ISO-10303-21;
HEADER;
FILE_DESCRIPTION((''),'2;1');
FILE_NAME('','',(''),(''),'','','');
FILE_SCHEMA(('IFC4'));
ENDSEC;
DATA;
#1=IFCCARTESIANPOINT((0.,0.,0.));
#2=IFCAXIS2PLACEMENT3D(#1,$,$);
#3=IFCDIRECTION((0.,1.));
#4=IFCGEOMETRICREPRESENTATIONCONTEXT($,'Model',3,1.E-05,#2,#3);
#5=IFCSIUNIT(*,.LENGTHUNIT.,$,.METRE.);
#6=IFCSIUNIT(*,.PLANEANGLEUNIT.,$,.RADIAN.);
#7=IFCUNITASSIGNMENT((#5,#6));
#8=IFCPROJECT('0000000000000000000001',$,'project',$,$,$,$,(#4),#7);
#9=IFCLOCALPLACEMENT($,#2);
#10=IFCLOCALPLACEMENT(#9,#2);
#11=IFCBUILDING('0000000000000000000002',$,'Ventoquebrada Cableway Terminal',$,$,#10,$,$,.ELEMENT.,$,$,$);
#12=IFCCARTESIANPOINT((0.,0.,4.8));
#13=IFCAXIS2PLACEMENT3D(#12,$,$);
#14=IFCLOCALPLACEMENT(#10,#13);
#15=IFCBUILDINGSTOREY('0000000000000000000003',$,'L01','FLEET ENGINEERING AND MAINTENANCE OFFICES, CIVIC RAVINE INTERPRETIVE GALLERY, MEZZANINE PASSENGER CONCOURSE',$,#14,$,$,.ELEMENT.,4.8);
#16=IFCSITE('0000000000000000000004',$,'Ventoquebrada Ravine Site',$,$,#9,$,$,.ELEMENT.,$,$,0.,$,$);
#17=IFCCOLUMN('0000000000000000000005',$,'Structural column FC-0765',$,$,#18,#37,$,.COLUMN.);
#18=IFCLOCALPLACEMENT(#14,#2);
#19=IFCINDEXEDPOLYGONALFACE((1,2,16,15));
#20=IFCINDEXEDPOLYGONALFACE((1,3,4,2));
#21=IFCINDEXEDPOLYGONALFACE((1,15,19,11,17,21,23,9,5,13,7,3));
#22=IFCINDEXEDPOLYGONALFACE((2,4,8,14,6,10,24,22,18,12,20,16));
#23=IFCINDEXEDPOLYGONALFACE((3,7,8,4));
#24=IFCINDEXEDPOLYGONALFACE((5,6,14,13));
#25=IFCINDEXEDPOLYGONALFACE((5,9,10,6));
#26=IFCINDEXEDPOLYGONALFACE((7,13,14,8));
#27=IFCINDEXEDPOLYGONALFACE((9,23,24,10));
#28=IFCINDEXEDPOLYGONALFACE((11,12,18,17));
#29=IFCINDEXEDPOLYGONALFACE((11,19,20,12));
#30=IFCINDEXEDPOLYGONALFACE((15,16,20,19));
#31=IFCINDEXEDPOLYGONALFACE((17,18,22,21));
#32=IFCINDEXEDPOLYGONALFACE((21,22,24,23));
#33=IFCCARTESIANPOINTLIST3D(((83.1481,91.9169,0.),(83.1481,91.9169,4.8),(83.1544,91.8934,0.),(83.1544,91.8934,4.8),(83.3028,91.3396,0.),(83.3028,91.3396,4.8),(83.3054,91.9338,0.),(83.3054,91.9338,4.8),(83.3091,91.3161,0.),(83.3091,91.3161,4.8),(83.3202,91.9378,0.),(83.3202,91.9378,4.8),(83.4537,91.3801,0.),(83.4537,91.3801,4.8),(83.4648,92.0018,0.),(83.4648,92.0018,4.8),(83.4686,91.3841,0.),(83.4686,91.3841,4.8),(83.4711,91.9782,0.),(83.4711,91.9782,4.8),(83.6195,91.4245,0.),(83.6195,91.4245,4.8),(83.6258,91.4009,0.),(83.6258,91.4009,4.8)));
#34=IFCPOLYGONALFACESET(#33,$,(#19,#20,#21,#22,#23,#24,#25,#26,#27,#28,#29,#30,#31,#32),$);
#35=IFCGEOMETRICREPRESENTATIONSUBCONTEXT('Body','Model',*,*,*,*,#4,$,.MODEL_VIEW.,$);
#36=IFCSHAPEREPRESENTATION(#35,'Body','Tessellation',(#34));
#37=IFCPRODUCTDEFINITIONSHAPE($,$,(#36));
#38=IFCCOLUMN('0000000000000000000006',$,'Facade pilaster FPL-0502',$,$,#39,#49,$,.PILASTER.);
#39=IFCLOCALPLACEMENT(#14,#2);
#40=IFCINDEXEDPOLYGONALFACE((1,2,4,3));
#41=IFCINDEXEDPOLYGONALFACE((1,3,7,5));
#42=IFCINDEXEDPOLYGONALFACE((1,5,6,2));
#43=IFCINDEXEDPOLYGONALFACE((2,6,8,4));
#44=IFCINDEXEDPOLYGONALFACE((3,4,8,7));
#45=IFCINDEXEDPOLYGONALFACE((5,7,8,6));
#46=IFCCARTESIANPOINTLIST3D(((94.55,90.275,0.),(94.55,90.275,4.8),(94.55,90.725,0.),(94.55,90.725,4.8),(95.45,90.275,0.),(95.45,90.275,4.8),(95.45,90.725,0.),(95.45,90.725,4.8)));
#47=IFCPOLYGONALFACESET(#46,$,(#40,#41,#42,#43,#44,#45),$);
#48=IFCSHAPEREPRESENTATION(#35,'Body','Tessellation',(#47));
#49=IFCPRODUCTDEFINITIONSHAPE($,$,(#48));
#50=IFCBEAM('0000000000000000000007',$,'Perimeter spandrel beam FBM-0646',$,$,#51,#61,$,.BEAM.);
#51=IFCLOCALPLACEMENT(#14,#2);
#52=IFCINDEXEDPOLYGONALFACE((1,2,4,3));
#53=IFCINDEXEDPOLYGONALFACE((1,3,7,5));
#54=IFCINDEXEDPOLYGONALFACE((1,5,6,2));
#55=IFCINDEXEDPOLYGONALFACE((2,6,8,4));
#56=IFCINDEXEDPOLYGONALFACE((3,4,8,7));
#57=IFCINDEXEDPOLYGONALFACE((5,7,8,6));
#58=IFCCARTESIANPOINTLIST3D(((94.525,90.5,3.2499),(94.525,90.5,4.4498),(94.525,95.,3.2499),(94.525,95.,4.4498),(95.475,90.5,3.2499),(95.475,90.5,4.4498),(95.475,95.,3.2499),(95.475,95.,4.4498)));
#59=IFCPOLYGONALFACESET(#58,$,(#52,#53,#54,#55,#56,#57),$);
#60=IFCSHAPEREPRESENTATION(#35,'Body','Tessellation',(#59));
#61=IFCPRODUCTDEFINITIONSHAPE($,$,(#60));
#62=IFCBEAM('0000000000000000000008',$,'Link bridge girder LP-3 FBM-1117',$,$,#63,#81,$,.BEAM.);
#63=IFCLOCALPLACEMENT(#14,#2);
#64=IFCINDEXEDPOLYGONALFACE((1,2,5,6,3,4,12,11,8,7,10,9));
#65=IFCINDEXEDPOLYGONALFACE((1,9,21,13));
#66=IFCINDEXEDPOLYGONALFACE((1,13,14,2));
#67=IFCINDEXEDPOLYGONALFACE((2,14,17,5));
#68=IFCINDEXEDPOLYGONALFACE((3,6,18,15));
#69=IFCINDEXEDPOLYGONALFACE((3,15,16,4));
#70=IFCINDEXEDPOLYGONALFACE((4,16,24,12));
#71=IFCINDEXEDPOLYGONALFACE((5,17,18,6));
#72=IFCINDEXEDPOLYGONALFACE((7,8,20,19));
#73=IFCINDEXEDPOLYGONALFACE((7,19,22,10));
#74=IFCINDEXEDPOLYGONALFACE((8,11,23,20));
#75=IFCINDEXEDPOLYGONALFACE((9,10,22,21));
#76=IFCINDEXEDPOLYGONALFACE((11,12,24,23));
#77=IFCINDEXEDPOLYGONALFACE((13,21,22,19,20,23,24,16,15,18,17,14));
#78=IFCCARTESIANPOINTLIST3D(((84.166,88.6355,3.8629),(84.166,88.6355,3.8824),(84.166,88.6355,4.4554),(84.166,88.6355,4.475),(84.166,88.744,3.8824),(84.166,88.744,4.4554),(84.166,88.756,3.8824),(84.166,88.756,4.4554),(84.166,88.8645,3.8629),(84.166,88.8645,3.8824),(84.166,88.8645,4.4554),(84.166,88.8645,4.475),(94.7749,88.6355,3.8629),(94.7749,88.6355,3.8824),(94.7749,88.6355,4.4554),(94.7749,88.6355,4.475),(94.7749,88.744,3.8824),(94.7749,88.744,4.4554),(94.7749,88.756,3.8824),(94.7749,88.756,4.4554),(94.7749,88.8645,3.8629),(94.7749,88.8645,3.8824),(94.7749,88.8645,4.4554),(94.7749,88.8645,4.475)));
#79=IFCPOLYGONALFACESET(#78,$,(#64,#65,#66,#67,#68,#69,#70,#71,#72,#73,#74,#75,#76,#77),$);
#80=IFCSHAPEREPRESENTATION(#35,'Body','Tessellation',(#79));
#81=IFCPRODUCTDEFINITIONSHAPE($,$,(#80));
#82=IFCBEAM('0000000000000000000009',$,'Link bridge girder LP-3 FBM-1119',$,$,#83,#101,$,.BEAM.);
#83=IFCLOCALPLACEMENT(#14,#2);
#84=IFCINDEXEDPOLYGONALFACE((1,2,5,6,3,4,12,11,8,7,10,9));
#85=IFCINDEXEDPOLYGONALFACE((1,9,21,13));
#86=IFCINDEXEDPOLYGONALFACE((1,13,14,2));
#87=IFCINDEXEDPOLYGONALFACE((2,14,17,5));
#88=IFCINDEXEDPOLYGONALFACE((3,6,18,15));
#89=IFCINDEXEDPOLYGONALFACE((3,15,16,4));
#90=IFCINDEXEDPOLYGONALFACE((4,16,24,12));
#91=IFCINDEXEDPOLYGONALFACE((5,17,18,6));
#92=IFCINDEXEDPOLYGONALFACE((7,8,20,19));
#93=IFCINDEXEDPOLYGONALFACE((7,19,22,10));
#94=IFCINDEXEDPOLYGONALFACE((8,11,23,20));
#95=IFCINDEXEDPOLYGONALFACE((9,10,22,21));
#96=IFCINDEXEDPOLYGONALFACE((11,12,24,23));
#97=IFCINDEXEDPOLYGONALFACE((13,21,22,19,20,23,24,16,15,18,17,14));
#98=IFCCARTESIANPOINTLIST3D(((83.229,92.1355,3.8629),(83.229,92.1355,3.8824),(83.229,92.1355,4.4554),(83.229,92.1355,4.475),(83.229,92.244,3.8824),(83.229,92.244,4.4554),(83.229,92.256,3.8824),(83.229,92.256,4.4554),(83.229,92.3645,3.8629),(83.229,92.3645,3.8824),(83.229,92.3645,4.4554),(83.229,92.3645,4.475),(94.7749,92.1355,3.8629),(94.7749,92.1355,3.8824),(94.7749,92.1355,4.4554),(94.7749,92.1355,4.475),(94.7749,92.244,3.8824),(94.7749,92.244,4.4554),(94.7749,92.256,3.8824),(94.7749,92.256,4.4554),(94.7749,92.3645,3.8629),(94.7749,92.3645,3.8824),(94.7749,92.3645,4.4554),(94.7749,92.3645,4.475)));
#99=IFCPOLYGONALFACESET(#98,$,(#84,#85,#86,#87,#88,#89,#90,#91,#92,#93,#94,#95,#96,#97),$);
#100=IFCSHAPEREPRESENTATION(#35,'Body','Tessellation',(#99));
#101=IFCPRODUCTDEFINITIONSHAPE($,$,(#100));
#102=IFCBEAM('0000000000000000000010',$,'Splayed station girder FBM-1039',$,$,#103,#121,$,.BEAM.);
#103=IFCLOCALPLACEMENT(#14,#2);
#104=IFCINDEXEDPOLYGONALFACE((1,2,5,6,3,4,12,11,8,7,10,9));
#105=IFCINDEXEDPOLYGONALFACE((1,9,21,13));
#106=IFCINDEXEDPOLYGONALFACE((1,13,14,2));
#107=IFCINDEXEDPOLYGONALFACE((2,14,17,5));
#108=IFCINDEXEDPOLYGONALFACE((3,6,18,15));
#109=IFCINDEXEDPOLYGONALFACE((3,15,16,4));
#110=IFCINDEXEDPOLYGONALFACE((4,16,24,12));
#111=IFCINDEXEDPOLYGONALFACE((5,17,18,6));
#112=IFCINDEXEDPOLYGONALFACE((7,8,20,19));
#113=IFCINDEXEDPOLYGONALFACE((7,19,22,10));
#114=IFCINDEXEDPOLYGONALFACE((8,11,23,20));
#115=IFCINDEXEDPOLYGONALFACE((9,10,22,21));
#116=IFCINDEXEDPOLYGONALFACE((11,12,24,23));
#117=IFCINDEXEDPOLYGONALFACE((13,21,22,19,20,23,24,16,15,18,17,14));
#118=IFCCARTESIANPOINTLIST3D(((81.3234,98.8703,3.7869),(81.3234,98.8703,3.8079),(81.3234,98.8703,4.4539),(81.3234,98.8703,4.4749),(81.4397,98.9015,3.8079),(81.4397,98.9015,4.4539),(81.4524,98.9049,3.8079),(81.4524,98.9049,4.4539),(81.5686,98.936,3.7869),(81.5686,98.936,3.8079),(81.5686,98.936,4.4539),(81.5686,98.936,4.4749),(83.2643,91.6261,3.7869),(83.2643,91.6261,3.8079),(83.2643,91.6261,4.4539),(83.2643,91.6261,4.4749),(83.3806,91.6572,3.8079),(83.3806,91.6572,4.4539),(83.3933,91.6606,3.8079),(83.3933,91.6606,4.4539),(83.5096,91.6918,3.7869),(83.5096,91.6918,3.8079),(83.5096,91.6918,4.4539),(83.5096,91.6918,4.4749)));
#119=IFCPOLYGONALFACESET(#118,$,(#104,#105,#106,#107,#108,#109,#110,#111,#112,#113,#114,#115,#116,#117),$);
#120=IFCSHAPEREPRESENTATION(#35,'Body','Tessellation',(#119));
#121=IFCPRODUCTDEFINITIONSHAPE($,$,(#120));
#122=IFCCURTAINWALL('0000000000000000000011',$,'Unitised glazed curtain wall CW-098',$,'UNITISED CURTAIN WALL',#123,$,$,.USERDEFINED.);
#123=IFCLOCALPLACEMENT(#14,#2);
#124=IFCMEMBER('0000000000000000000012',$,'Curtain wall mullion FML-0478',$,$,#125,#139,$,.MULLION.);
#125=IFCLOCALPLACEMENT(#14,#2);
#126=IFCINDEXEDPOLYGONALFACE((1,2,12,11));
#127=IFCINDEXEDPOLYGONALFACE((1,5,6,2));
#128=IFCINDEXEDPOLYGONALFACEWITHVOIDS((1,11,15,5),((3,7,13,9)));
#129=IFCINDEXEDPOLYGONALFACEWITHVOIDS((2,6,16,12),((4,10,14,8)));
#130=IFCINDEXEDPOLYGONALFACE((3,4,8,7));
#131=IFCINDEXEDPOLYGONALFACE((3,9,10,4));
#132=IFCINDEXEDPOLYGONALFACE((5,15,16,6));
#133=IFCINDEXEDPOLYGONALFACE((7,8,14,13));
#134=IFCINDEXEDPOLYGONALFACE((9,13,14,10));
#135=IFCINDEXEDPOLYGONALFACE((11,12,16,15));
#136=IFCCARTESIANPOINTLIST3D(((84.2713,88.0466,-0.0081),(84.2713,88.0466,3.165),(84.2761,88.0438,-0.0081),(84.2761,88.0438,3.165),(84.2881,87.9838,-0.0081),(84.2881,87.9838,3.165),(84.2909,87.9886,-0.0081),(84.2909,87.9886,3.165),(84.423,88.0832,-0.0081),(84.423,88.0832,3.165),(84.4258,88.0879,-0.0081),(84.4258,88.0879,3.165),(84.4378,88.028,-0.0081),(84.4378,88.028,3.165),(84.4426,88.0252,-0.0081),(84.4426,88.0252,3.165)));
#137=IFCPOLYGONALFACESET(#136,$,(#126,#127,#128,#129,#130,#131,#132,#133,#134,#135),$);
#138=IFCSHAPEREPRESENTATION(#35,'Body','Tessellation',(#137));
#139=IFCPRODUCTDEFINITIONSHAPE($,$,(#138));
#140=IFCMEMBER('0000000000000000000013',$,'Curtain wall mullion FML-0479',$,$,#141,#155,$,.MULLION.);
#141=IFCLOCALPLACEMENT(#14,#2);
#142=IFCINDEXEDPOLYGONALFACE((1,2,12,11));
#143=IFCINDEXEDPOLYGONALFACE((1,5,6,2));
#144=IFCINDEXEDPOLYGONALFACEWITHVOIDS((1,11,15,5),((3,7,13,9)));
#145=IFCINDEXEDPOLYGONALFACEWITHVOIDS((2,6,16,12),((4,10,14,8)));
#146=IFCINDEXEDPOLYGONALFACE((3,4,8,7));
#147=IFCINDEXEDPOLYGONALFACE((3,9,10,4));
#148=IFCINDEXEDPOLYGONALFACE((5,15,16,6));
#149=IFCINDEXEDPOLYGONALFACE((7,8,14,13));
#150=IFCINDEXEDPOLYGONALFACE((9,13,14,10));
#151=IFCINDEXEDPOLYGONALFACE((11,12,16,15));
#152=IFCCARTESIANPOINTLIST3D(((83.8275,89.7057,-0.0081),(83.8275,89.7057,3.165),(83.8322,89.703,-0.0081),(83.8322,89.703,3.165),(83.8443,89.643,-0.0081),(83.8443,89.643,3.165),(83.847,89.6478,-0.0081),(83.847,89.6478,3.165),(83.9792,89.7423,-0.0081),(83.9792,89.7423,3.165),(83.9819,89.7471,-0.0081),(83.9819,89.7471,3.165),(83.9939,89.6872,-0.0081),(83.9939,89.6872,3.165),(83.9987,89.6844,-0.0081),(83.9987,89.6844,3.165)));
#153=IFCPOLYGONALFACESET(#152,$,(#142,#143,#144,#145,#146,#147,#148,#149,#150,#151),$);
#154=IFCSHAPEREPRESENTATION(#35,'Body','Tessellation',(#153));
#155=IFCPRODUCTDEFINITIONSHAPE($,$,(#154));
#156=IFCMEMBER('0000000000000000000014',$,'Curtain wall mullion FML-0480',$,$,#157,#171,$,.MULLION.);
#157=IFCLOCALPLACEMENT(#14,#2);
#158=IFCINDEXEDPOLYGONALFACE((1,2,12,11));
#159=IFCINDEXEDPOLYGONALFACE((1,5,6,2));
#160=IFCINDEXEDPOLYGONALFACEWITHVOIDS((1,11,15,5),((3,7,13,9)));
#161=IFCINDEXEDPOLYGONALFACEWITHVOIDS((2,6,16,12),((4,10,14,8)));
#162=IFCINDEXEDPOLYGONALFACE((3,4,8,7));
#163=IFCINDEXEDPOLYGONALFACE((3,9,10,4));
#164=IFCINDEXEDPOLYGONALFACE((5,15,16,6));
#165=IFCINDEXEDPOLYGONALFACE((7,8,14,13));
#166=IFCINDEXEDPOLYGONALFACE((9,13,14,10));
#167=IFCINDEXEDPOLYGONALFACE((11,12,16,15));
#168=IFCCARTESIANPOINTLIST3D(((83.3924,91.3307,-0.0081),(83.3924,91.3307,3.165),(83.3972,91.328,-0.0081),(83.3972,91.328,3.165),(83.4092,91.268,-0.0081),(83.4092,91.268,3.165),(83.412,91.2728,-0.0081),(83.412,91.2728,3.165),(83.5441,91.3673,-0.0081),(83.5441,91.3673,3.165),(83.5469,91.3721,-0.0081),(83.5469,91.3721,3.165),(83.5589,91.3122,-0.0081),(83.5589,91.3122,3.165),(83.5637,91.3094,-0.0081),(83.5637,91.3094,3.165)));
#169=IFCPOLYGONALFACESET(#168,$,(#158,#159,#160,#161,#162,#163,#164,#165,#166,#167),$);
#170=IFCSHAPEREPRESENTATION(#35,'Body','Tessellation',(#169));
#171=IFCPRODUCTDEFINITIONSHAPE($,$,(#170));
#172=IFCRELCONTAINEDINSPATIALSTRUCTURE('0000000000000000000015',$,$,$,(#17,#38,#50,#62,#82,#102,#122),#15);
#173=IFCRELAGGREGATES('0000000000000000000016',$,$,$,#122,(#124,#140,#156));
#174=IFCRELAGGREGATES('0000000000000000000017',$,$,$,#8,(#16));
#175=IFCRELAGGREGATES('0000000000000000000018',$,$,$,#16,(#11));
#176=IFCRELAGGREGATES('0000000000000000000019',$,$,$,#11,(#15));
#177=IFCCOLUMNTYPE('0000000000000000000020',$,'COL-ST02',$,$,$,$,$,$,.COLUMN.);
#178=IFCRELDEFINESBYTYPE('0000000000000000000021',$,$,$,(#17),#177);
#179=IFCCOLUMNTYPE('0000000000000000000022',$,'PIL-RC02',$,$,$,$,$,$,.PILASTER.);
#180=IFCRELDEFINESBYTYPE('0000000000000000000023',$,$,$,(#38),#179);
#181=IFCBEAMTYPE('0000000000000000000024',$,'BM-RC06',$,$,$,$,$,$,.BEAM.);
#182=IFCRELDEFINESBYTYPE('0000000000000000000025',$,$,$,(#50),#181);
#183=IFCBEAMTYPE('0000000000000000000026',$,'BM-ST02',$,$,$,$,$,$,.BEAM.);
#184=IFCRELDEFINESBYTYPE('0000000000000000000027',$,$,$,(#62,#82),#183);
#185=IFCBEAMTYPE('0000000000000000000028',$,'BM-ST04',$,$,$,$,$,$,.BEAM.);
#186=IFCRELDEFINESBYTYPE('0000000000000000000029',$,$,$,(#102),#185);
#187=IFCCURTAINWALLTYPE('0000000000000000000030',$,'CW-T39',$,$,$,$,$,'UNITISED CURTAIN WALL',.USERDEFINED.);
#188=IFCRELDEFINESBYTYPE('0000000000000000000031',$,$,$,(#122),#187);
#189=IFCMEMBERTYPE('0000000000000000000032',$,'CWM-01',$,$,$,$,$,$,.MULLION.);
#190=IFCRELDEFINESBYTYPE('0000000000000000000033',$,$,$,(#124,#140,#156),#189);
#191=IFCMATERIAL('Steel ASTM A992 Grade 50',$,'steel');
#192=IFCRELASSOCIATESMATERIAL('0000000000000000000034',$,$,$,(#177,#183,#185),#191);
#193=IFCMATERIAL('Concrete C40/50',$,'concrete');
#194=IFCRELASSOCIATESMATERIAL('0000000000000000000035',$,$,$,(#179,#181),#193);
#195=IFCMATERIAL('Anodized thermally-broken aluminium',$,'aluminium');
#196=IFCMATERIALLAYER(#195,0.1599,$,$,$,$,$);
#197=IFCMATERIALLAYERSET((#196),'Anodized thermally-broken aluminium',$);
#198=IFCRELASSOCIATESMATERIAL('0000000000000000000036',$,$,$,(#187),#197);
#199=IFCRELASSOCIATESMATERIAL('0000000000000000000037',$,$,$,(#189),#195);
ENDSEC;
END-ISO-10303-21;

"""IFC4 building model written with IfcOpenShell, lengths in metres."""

from ifc_helpers import new_model, si_unit, direction, frame, origin, origin_2d, place, context, subcontext, project, spatial, rectangle, hollow_rectangle, i_section, extrude, material, layer, layer_set, material_profile, profile_set, type_object, element, aggregate, save


model = new_model("IFC4")

# Units and contexts
model_context = context("Model", 3, precision=1e-05, world=origin(), true_north=direction((0.0, 1.0)))
body_context = subcontext(model_context, "Body", "Model", "MODEL_VIEW")
ifc_project = project(units=[si_unit("LENGTHUNIT", "METRE"), si_unit("PLANEANGLEUNIT", "RADIAN")], contexts=[model_context])

# Site, building, storey
site_placement = place(None, origin())
site = spatial("IfcSite", under=ifc_project, at=site_placement, Name="Ventoquebrada Ravine Site", CompositionType="ELEMENT", RefElevation=0.0)
building_placement = place(site_placement, origin())
building = spatial("IfcBuilding", under=site, at=building_placement, Name="Ventoquebrada Cableway Terminal", CompositionType="ELEMENT")
storey_placement = place(building_placement, frame((0.0, 0.0, 4.8)))
storey = spatial("IfcBuildingStorey", under=building, at=storey_placement, Name="L01", Description="FLEET ENGINEERING AND MAINTENANCE OFFICES, CIVIC RAVINE INTERPRETIVE GALLERY, MEZZANINE PASSENGER CONCOURSE", CompositionType="ELEMENT", Elevation=4.8)

# Columns
ifc_material_1 = material(Name="Steel ASTM A992 Grade 50", Category="steel")
ifc_material_profile_1 = material_profile(ifc_material_1, i_section(OverallWidth=0.3279, OverallDepth=0.6221, WebThickness=0.0154, FlangeThickness=0.0244, at=origin_2d()), Name="W24X131")
ifc_profile_set_1 = profile_set([ifc_material_profile_1], Name="Steel ASTM A992 Grade 50")
column_type_1 = type_object("IfcColumnType", Name="COL-ST02", PredefinedType="COLUMN", material=ifc_profile_set_1)
column_1_placement = place(storey_placement, frame((83.387, 91.6589, 0.0), z_axis=(0.0, 0.0, 1.0), x_axis=(0.965926, 0.258819, 0.0)))
element("IfcColumn", 1, at=column_1_placement, inside=storey, type_object=column_type_1, Name="Structural column FC-0765", PredefinedType="COLUMN", context=body_context, shape_type="SweptSolid", body=[
    extrude(i_section(OverallWidth=0.3279, OverallDepth=0.6221, WebThickness=0.0154, FlangeThickness=0.0244, at=origin_2d()), origin(), (0.0, 0.0, 1.0), 4.8),
])
ifc_material_2 = material(Name="Concrete C40/50", Category="concrete")
ifc_material_profile_2 = material_profile(ifc_material_2, rectangle(XDim=0.45, YDim=0.8999, at=origin_2d()), Name="RC-PIL-450X900")
ifc_profile_set_2 = profile_set([ifc_material_profile_2], Name="Concrete C40/50")
column_type_2 = type_object("IfcColumnType", Name="PIL-RC02", PredefinedType="PILASTER", material=ifc_profile_set_2)
column_2_placement = place(storey_placement, frame((95.0, 90.5, 0.0), z_axis=(0.0, 0.0, 1.0), x_axis=(0.0, 1.0, 0.0)))
element("IfcColumn", 2, at=column_2_placement, inside=storey, type_object=column_type_2, Name="Facade pilaster FPL-0502", PredefinedType="PILASTER", context=body_context, shape_type="SweptSolid", body=[
    extrude(rectangle(XDim=0.45, YDim=0.8999, at=origin_2d()), origin(), (0.0, 0.0, 1.0), 4.8),
])

# Beams
ifc_material_profile_3 = material_profile(ifc_material_2, rectangle(XDim=0.95, YDim=1.2, at=origin_2d()), Name="RC-BM-950X1200")
ifc_profile_set_3 = profile_set([ifc_material_profile_3], Name="Concrete C40/50")
beam_type_1 = type_object("IfcBeamType", Name="BM-RC06", PredefinedType="BEAM", material=ifc_profile_set_3)
beam_1_placement = place(storey_placement, frame((95.0, 90.5, 3.8499), z_axis=(0.0, 1.0, 0.0), x_axis=(-1.0, 0.0, 0.0)))
element("IfcBeam", 3, at=beam_1_placement, inside=storey, type_object=beam_type_1, Name="Perimeter spandrel beam FBM-0646", PredefinedType="BEAM", context=body_context, shape_type="SweptSolid", body=[
    extrude(rectangle(XDim=0.95, YDim=1.2, at=origin_2d()), origin(), (0.0, 0.0, 1.0), 4.5),
])
ifc_material_profile_4 = material_profile(ifc_material_1, i_section(OverallWidth=0.229, OverallDepth=0.6121, WebThickness=0.012, FlangeThickness=0.0195, at=origin_2d()), Name="W24X84")
ifc_profile_set_4 = profile_set([ifc_material_profile_4], Name="Steel ASTM A992 Grade 50")
beam_type_2 = type_object("IfcBeamType", Name="BM-ST02", PredefinedType="BEAM", material=ifc_profile_set_4)
beam_2_placement = place(storey_placement, frame((84.166, 88.75, 4.1689), z_axis=(1.0, 0.0, 0.0), x_axis=(0.0, 1.0, 0.0)))
element("IfcBeam", 4, at=beam_2_placement, inside=storey, type_object=beam_type_2, Name="Link bridge girder LP-3 FBM-1117", PredefinedType="BEAM", context=body_context, shape_type="SweptSolid", body=[
    extrude(i_section(OverallWidth=0.229, OverallDepth=0.6121, WebThickness=0.012, FlangeThickness=0.0195, at=origin_2d()), origin(), (0.0, 0.0, 1.0), 10.6089),
])
beam_3_placement = place(storey_placement, frame((83.229, 92.25, 4.1689), z_axis=(1.0, 0.0, 0.0), x_axis=(0.0, 1.0, 0.0)))
element("IfcBeam", 5, at=beam_3_placement, inside=storey, type_object=beam_type_2, Name="Link bridge girder LP-3 FBM-1119", PredefinedType="BEAM", context=body_context, shape_type="SweptSolid", body=[
    extrude(i_section(OverallWidth=0.229, OverallDepth=0.6121, WebThickness=0.012, FlangeThickness=0.0195, at=origin_2d()), origin(), (0.0, 0.0, 1.0), 11.5459),
])
ifc_material_profile_5 = material_profile(ifc_material_1, i_section(OverallWidth=0.2539, OverallDepth=0.688, WebThickness=0.0132, FlangeThickness=0.021, at=origin_2d()), Name="W27X102")
ifc_profile_set_5 = profile_set([ifc_material_profile_5], Name="Steel ASTM A992 Grade 50")
beam_type_3 = type_object("IfcBeamType", Name="BM-ST04", PredefinedType="BEAM", material=ifc_profile_set_5)
beam_4_placement = place(storey_placement, frame((83.387, 91.6589, 4.1309), z_axis=(-0.258801, 0.965931, 0.0), x_axis=(-0.965931, -0.258801, 0.0)))
element("IfcBeam", 6, at=beam_4_placement, inside=storey, type_object=beam_type_3, Name="Splayed station girder FBM-1039", PredefinedType="BEAM", context=body_context, shape_type="SweptSolid", body=[
    extrude(i_section(OverallWidth=0.2539, OverallDepth=0.688, WebThickness=0.0132, FlangeThickness=0.021, at=origin_2d()), origin(), (0.0, 0.0, 1.0), 7.4998),
])

# Curtain wall, members
ifc_material_3 = material(Name="Anodized thermally-broken aluminium", Category="aluminium")
ifc_layer_1 = layer(ifc_material_3, 0.1599)
ifc_layer_set_1 = layer_set([ifc_layer_1], Name="Anodized thermally-broken aluminium")
curtain_wall_type = type_object("IfcCurtainWallType", Name="CW-T39", ElementType="UNITISED CURTAIN WALL", PredefinedType="USERDEFINED", material=ifc_layer_set_1)
curtain_wall_1_placement = place(storey_placement, origin())
curtain_wall_1 = element("IfcCurtainWall", 7, at=curtain_wall_1_placement, inside=storey, type_object=curtain_wall_type, Name="Unitised glazed curtain wall CW-098", ObjectType="UNITISED CURTAIN WALL", PredefinedType="USERDEFINED")
ifc_material_profile_6 = material_profile(ifc_material_3, hollow_rectangle(XDim=0.0649, YDim=0.1599, WallThickness=0.0039, at=origin_2d()), Name="CW-MUL-65X160")
ifc_profile_set_6 = profile_set([ifc_material_profile_6], Name="Anodized thermally-broken aluminium")
member_type_1 = type_object("IfcMemberType", Name="CWM-01", PredefinedType="MULLION", material=ifc_profile_set_6)
member_1_placement = place(storey_placement, frame((84.3569, 88.0359, -0.0081), z_axis=(0.0, 0.0, 1.0), x_axis=(-0.258701, 0.965957, 0.0)))
member_1 = element("IfcMember", 8, at=member_1_placement, type_object=member_type_1, Name="Curtain wall mullion FML-0478", PredefinedType="MULLION", context=body_context, shape_type="SweptSolid", body=[
    extrude(hollow_rectangle(XDim=0.0649, YDim=0.1599, WallThickness=0.0039, at=origin_2d()), origin(), (0.0, 0.0, 1.0), 3.1731),
])
member_2_placement = place(storey_placement, frame((83.9131, 89.6951, -0.0081), z_axis=(0.0, 0.0, 1.0), x_axis=(-0.258701, 0.965957, 0.0)))
member_2 = element("IfcMember", 9, at=member_2_placement, type_object=member_type_1, Name="Curtain wall mullion FML-0479", PredefinedType="MULLION", context=body_context, shape_type="SweptSolid", body=[
    extrude(hollow_rectangle(XDim=0.0649, YDim=0.1599, WallThickness=0.0039, at=origin_2d()), origin(), (0.0, 0.0, 1.0), 3.1731),
])
member_3_placement = place(storey_placement, frame((83.478, 91.3201, -0.0081), z_axis=(0.0, 0.0, 1.0), x_axis=(-0.258701, 0.965957, 0.0)))
member_3 = element("IfcMember", 10, at=member_3_placement, type_object=member_type_1, Name="Curtain wall mullion FML-0480", PredefinedType="MULLION", context=body_context, shape_type="SweptSolid", body=[
    extrude(hollow_rectangle(XDim=0.0649, YDim=0.1599, WallThickness=0.0039, at=origin_2d()), origin(), (0.0, 0.0, 1.0), 3.1731),
])

aggregate(curtain_wall_1, [member_1, member_2, member_3])

save(model, "model.ifc")
